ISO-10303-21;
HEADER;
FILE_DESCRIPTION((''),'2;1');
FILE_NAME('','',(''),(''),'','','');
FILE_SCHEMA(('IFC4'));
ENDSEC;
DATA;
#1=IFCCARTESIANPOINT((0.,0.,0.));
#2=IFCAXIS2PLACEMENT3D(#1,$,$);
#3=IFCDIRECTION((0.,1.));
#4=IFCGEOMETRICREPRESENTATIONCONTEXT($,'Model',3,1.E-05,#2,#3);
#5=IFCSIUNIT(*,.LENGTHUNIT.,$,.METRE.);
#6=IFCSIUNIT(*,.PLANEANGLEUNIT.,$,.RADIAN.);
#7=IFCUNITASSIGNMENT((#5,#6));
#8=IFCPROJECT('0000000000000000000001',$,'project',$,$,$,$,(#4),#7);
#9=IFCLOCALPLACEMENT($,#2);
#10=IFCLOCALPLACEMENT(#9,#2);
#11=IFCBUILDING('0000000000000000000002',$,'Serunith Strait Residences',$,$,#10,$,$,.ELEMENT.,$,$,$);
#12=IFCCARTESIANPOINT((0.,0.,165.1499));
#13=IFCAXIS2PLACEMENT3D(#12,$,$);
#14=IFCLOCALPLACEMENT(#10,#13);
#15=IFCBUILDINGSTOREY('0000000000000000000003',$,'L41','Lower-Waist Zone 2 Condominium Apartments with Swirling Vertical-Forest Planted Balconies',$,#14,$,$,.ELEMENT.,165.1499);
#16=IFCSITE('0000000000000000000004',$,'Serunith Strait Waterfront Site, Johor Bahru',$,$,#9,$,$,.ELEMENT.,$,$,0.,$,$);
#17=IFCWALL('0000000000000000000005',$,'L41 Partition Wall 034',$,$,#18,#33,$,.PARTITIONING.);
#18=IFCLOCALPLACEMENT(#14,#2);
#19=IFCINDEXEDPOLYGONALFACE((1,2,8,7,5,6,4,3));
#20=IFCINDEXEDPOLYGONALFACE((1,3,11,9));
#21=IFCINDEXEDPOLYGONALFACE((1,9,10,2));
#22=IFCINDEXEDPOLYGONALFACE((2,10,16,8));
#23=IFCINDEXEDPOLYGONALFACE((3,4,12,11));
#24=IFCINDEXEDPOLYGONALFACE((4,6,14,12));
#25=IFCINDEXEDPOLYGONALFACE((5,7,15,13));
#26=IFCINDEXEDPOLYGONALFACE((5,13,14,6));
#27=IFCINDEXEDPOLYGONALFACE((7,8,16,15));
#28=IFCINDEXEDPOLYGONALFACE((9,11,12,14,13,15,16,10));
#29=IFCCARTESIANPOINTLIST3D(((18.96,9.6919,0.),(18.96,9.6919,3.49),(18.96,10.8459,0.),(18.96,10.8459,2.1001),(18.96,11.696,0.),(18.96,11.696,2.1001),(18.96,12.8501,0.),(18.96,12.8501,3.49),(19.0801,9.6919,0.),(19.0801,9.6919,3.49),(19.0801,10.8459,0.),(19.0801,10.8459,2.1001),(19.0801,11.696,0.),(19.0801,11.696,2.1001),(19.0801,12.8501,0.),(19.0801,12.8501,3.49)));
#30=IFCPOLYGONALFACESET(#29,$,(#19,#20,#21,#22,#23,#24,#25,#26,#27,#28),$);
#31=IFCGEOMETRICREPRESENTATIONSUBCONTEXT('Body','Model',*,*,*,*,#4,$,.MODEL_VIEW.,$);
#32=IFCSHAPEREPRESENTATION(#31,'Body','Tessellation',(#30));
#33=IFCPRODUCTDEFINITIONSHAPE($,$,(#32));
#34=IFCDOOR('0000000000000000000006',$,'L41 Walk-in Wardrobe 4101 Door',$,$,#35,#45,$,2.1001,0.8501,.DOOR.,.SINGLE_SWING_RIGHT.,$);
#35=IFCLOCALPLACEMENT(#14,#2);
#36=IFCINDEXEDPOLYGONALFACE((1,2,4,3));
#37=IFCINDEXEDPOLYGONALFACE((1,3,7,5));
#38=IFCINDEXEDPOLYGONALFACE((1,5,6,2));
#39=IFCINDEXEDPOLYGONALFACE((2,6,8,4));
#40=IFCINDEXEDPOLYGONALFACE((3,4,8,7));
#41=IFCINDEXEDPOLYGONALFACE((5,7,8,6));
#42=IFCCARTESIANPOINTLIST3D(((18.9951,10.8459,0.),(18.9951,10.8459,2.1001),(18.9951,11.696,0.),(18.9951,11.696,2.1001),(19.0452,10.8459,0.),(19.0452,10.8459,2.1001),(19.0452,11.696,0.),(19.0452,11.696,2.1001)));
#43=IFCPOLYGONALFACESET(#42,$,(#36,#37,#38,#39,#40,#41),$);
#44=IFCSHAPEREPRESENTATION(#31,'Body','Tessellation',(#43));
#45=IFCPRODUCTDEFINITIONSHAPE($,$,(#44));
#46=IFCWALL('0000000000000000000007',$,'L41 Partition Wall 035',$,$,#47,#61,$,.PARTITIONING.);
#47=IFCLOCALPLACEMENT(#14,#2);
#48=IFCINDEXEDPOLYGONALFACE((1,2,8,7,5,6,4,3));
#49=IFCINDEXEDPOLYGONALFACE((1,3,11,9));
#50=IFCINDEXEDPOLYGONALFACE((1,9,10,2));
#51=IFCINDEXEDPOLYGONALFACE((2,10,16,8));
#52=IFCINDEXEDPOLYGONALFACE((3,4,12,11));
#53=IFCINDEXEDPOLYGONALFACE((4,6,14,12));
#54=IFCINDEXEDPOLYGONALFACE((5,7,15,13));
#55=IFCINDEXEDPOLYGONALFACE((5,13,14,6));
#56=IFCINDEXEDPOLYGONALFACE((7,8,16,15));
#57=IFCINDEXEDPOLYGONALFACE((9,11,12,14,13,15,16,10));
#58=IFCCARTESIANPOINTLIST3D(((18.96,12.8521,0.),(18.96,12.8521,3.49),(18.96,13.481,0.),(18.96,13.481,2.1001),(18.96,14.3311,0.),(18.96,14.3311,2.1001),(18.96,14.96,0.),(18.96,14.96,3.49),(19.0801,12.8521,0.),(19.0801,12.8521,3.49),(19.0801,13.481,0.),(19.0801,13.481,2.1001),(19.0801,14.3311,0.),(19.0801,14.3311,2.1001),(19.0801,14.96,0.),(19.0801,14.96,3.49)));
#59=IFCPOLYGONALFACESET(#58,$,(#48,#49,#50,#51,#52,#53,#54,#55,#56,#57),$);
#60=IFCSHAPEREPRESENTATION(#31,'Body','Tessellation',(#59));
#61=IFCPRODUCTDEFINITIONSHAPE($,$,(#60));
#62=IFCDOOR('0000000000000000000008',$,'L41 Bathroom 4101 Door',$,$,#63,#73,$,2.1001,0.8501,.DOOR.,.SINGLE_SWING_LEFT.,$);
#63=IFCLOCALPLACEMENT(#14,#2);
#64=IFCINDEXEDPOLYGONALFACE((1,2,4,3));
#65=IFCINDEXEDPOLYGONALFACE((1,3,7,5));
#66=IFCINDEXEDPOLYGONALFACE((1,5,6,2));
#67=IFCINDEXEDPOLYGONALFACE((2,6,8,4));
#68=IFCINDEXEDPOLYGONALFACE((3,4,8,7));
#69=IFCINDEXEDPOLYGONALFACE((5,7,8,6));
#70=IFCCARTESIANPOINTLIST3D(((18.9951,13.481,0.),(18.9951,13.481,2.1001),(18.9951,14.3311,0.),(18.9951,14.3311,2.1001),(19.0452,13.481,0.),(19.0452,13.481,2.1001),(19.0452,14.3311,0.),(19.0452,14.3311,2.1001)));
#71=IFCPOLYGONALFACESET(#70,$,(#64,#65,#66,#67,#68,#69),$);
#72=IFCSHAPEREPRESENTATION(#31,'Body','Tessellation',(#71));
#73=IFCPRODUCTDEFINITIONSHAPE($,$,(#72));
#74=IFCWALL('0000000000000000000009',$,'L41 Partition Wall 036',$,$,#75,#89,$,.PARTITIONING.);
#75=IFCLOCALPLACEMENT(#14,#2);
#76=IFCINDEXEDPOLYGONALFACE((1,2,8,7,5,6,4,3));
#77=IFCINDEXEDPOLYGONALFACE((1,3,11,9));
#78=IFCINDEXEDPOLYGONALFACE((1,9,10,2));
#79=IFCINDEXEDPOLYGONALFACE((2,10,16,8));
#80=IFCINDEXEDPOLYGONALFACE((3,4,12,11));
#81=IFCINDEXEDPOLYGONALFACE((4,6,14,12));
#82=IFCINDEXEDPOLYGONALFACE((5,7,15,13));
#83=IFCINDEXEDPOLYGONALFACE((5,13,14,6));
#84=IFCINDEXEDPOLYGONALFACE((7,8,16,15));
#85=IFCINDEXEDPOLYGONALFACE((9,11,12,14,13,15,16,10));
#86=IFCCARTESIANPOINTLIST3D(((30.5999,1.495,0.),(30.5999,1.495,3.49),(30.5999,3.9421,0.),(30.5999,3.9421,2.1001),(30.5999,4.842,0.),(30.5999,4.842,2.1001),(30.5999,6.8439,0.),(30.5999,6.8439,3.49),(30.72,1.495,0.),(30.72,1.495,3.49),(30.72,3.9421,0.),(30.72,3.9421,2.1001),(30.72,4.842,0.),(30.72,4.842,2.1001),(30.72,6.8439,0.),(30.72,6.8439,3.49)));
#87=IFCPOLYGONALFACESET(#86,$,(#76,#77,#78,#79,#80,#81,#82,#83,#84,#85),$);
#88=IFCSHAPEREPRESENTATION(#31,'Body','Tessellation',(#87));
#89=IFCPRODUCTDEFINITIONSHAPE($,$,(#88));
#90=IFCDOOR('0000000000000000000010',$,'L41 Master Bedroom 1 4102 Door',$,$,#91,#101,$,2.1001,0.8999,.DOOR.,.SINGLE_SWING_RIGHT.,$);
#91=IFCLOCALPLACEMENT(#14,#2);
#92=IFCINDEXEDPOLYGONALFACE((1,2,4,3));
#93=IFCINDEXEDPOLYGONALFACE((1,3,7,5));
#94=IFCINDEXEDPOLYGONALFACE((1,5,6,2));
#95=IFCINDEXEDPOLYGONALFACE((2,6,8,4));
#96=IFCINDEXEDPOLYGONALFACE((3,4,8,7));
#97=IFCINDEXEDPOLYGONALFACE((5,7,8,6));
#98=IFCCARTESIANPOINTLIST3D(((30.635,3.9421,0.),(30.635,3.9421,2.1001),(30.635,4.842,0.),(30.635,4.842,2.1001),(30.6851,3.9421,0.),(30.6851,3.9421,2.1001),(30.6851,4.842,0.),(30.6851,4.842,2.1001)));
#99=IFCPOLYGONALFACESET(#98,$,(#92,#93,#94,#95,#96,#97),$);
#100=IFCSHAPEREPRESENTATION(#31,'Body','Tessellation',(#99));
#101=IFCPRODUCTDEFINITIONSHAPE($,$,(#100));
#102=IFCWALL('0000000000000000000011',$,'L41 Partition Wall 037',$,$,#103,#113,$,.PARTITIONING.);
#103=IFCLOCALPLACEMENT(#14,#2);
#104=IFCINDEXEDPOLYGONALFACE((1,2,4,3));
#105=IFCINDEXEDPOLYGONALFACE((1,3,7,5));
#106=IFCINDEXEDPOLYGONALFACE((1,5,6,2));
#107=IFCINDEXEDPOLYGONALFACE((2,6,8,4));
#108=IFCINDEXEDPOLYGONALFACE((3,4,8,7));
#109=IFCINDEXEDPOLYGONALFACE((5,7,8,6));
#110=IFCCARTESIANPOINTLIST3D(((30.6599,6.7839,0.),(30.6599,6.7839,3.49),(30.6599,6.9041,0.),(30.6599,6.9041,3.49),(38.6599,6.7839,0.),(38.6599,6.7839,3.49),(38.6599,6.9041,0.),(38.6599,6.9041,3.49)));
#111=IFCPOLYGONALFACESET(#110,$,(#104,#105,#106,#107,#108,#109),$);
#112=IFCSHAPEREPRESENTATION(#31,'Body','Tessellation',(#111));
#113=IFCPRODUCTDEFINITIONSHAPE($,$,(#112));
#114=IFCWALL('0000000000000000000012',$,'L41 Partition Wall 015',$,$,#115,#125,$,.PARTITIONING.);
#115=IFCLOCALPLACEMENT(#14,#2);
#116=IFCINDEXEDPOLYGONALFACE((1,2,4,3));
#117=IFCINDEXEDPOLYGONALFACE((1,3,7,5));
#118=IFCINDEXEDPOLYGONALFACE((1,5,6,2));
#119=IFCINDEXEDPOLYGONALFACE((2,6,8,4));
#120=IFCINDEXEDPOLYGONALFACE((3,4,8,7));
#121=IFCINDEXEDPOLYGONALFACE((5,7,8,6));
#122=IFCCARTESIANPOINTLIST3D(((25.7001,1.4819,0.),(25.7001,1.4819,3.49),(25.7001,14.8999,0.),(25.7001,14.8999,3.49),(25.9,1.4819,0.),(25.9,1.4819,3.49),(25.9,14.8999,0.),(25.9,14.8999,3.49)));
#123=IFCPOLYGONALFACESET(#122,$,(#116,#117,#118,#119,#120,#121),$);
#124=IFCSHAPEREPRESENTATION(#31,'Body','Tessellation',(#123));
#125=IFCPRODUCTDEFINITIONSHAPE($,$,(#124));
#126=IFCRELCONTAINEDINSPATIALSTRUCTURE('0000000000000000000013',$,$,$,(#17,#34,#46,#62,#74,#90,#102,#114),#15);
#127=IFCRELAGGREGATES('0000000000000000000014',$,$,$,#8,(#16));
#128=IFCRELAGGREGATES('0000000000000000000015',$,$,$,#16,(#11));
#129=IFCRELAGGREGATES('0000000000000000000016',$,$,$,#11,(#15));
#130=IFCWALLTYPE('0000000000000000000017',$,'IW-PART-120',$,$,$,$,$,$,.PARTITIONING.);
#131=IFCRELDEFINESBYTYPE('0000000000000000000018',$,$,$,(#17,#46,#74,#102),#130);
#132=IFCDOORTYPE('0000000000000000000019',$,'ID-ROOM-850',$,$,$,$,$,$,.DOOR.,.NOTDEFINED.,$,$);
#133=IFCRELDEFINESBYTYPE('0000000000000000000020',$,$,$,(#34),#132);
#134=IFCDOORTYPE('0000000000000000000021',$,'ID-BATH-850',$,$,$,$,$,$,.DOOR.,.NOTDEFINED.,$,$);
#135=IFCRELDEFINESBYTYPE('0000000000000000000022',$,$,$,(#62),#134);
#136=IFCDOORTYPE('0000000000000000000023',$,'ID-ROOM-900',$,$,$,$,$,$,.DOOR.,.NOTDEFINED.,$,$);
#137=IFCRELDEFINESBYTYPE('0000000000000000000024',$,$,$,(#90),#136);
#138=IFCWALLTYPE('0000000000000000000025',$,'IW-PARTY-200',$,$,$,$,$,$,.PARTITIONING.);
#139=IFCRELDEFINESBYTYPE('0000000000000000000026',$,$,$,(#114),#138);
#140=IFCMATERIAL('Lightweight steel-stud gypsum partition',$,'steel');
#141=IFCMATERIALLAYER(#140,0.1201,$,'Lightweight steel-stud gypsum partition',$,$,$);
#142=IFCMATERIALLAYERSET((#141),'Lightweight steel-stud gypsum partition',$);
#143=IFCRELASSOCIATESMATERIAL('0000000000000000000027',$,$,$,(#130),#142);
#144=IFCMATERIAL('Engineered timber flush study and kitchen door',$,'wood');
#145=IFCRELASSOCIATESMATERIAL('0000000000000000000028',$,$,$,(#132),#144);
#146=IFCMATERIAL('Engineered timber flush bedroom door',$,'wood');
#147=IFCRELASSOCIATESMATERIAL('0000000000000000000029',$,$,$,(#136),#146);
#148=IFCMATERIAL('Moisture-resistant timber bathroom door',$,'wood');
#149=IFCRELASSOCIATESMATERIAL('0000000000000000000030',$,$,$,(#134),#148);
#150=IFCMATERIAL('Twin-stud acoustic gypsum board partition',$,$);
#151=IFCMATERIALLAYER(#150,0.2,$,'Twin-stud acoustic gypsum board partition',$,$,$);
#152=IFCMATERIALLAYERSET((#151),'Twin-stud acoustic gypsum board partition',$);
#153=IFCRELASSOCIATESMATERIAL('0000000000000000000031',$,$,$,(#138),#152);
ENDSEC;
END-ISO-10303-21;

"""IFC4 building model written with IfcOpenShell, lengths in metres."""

from ifc_helpers import new_model, si_unit, direction, frame, frame_2d, origin, place, context, subcontext, project, spatial, rectangle, extrude, source, transform, mapped, material, layer, layer_set, type_object, element, fill, save


model = new_model("IFC4")

# Units and contexts
model_context = context("Model", 3, precision=1e-05, world=origin(), true_north=direction((0.0, 1.0)))
body_context = subcontext(model_context, "Body", "Model", "MODEL_VIEW")
ifc_project = project(units=[si_unit("LENGTHUNIT", "METRE"), si_unit("PLANEANGLEUNIT", "RADIAN")], contexts=[model_context])

# Site, building, storey
site_placement = place(None, origin())
site = spatial("IfcSite", under=ifc_project, at=site_placement, Name="Serunith Strait Waterfront Site, Johor Bahru", CompositionType="ELEMENT", RefElevation=0.0)
building_placement = place(site_placement, origin())
building = spatial("IfcBuilding", under=site, at=building_placement, Name="Serunith Strait Residences", CompositionType="ELEMENT")
storey_placement = place(building_placement, frame((0.0, 0.0, 165.1499)))
storey = spatial("IfcBuildingStorey", under=building, at=storey_placement, Name="L41", Description="Lower-Waist Zone 2 Condominium Apartments with Swirling Vertical-Forest Planted Balconies", CompositionType="ELEMENT", Elevation=165.1499)

# Shared definitions
ifc_material_1 = material(Name="Lightweight steel-stud gypsum partition", Category="steel")
ifc_layer_1 = layer(ifc_material_1, 0.1201, Name="Lightweight steel-stud gypsum partition")
ifc_layer_set_1 = layer_set([ifc_layer_1], Name="Lightweight steel-stud gypsum partition")
wall_type_1 = type_object("IfcWallType", Name="IW-PART-120", PredefinedType="PARTITIONING", material=ifc_layer_set_1)
ifc_material_2 = material(Name="Engineered timber flush study and kitchen door", Category="wood")
door_type_1 = type_object("IfcDoorType", Name="ID-ROOM-850", OperationType="NOTDEFINED", PredefinedType="DOOR", material=ifc_material_2)
shared_shape_1 = source(origin(), body_context, "Body", "SweptSolid", [
    extrude(rectangle(XDim=0.8501, YDim=2.1001, at=frame_2d((0.425, 1.05))), frame((0.0, 0.0249, 0.0), z_axis=(0.0, -1.0, 0.0), x_axis=(1.0, 0.0, 0.0)), (0.0, 0.0, 1.0), 0.05),
])

# Walls, openings, doors
ifc_material_3 = material(Name="Engineered timber flush bedroom door", Category="wood")
door_type_2 = type_object("IfcDoorType", Name="ID-ROOM-900", OperationType="NOTDEFINED", PredefinedType="DOOR", material=ifc_material_3)
shared_shape_2 = source(origin(), body_context, "Body", "SweptSolid", [
    extrude(rectangle(XDim=0.8999, YDim=2.1001, at=frame_2d((0.45, 1.05))), frame((0.0, 0.0249, 0.0), z_axis=(0.0, -1.0, 0.0), x_axis=(1.0, 0.0, 0.0)), (0.0, 0.0, 1.0), 0.05),
])
wall_1_placement = place(storey_placement, frame((19.02, 9.6919, 0.0), z_axis=(0.0, 0.0, 1.0), x_axis=(0.0, 1.0, 0.0)))
wall_1 = element("IfcWall", 1, at=wall_1_placement, inside=storey, type_object=wall_type_1, Name="L41 Partition Wall 034", PredefinedType="PARTITIONING", context=body_context, shape_type="SweptSolid", body=[
    extrude(rectangle(XDim=3.1582, YDim=0.1201, at=frame_2d((1.5791, 0.0))), origin(), (0.0, 0.0, 1.0), 3.49),
])
opening_1_placement = place(wall_1_placement, frame((1.1541, 0.0, 0.0)))
opening_1 = element("IfcOpeningElement", 2, at=opening_1_placement, cuts=wall_1, PredefinedType="OPENING", context=body_context, shape_type="SweptSolid", body=[
    extrude(rectangle(XDim=0.8501, YDim=2.1001, at=frame_2d((0.425, 1.05))), frame((0.0, 0.0701, 0.0), z_axis=(0.0, -1.0, 0.0), x_axis=(1.0, 0.0, 0.0)), (0.0, 0.0, 1.0), 0.1401),
])
door_1_placement = place(opening_1_placement, origin())
door_1 = element("IfcDoor", 3, at=door_1_placement, inside=storey, type_object=door_type_1, Name="L41 Walk-in Wardrobe 4101 Door", OperationType="SINGLE_SWING_RIGHT", OverallHeight=2.1001, OverallWidth=0.8501, PredefinedType="DOOR", context=body_context, shape_type="MappedRepresentation", body=[
    mapped(shared_shape_1, transform((0.0, 0.0, 0.0), scale=1.0)),
])
fill(opening_1, door_1)
wall_2_placement = place(storey_placement, frame((19.02, 12.8521, 0.0), z_axis=(0.0, 0.0, 1.0), x_axis=(0.0, 1.0, 0.0)))
wall_2 = element("IfcWall", 4, at=wall_2_placement, inside=storey, type_object=wall_type_1, Name="L41 Partition Wall 035", PredefinedType="PARTITIONING", context=body_context, shape_type="SweptSolid", body=[
    extrude(rectangle(XDim=2.1079, YDim=0.1201, at=frame_2d((1.054, 0.0))), origin(), (0.0, 0.0, 1.0), 3.49),
])
opening_2_placement = place(wall_2_placement, frame((0.6289, 0.0, 0.0)))
opening_2 = element("IfcOpeningElement", 5, at=opening_2_placement, cuts=wall_2, PredefinedType="OPENING", context=body_context, shape_type="SweptSolid", body=[
    extrude(rectangle(XDim=0.8501, YDim=2.1001, at=frame_2d((0.425, 1.05))), frame((0.0, 0.0701, 0.0), z_axis=(0.0, -1.0, 0.0), x_axis=(1.0, 0.0, 0.0)), (0.0, 0.0, 1.0), 0.1401),
])
ifc_material_4 = material(Name="Moisture-resistant timber bathroom door", Category="wood")
door_type_3 = type_object("IfcDoorType", Name="ID-BATH-850", OperationType="NOTDEFINED", PredefinedType="DOOR", material=ifc_material_4)
door_2_placement = place(opening_2_placement, origin())
door_2 = element("IfcDoor", 6, at=door_2_placement, inside=storey, type_object=door_type_3, Name="L41 Bathroom 4101 Door", OperationType="SINGLE_SWING_LEFT", OverallHeight=2.1001, OverallWidth=0.8501, PredefinedType="DOOR", context=body_context, shape_type="MappedRepresentation", body=[
    mapped(shared_shape_1, transform((0.0, 0.0, 0.0), scale=1.0)),
])
fill(opening_2, door_2)
wall_3_placement = place(storey_placement, frame((30.6599, 1.4951, 0.0), z_axis=(0.0, 0.0, 1.0), x_axis=(0.0, 1.0, 0.0)))
wall_3 = element("IfcWall", 7, at=wall_3_placement, inside=storey, type_object=wall_type_1, Name="L41 Partition Wall 036", PredefinedType="PARTITIONING", context=body_context, shape_type="SweptSolid", body=[
    extrude(rectangle(XDim=5.3489, YDim=0.1201, at=frame_2d((2.6743, 0.0))), origin(), (0.0, 0.0, 1.0), 3.49),
])
opening_3_placement = place(wall_3_placement, frame((2.447, 0.0, 0.0)))
opening_3 = element("IfcOpeningElement", 8, at=opening_3_placement, cuts=wall_3, PredefinedType="OPENING", context=body_context, shape_type="SweptSolid", body=[
    extrude(rectangle(XDim=0.8999, YDim=2.1001, at=frame_2d((0.45, 1.05))), frame((0.0, 0.0701, 0.0), z_axis=(0.0, -1.0, 0.0), x_axis=(1.0, 0.0, 0.0)), (0.0, 0.0, 1.0), 0.1401),
])
door_3_placement = place(opening_3_placement, origin())
door_3 = element("IfcDoor", 9, at=door_3_placement, inside=storey, type_object=door_type_2, Name="L41 Master Bedroom 1 4102 Door", OperationType="SINGLE_SWING_RIGHT", OverallHeight=2.1001, OverallWidth=0.8999, PredefinedType="DOOR", context=body_context, shape_type="MappedRepresentation", body=[
    mapped(shared_shape_2, transform((0.0, 0.0, 0.0), scale=1.0)),
])
fill(opening_3, door_3)

# Walls
wall_4_placement = place(storey_placement, frame((30.6599, 6.844, 0.0), z_axis=(0.0, 0.0, 1.0), x_axis=(1.0, 0.0, 0.0)))
element("IfcWall", 10, at=wall_4_placement, inside=storey, type_object=wall_type_1, Name="L41 Partition Wall 037", PredefinedType="PARTITIONING", context=body_context, shape_type="SweptSolid", body=[
    extrude(rectangle(XDim=8.0, YDim=0.1201, at=frame_2d((4.0, 0.0))), origin(), (0.0, 0.0, 1.0), 3.49),
])
ifc_material_5 = material(Name="Twin-stud acoustic gypsum board partition")
ifc_layer_2 = layer(ifc_material_5, 0.2, Name="Twin-stud acoustic gypsum board partition")
ifc_layer_set_2 = layer_set([ifc_layer_2], Name="Twin-stud acoustic gypsum board partition")
wall_type_2 = type_object("IfcWallType", Name="IW-PARTY-200", PredefinedType="PARTITIONING", material=ifc_layer_set_2)
wall_5_placement = place(storey_placement, frame((25.8, 1.4819, 0.0), z_axis=(0.0, 0.0, 1.0), x_axis=(0.0, 1.0, 0.0)))
element("IfcWall", 11, at=wall_5_placement, inside=storey, type_object=wall_type_2, Name="L41 Partition Wall 015", PredefinedType="PARTITIONING", context=body_context, shape_type="SweptSolid", body=[
    extrude(rectangle(XDim=13.418, YDim=0.2, at=frame_2d((6.709, 0.0))), origin(), (0.0, 0.0, 1.0), 3.49),
])

save(model, "model.ifc")
